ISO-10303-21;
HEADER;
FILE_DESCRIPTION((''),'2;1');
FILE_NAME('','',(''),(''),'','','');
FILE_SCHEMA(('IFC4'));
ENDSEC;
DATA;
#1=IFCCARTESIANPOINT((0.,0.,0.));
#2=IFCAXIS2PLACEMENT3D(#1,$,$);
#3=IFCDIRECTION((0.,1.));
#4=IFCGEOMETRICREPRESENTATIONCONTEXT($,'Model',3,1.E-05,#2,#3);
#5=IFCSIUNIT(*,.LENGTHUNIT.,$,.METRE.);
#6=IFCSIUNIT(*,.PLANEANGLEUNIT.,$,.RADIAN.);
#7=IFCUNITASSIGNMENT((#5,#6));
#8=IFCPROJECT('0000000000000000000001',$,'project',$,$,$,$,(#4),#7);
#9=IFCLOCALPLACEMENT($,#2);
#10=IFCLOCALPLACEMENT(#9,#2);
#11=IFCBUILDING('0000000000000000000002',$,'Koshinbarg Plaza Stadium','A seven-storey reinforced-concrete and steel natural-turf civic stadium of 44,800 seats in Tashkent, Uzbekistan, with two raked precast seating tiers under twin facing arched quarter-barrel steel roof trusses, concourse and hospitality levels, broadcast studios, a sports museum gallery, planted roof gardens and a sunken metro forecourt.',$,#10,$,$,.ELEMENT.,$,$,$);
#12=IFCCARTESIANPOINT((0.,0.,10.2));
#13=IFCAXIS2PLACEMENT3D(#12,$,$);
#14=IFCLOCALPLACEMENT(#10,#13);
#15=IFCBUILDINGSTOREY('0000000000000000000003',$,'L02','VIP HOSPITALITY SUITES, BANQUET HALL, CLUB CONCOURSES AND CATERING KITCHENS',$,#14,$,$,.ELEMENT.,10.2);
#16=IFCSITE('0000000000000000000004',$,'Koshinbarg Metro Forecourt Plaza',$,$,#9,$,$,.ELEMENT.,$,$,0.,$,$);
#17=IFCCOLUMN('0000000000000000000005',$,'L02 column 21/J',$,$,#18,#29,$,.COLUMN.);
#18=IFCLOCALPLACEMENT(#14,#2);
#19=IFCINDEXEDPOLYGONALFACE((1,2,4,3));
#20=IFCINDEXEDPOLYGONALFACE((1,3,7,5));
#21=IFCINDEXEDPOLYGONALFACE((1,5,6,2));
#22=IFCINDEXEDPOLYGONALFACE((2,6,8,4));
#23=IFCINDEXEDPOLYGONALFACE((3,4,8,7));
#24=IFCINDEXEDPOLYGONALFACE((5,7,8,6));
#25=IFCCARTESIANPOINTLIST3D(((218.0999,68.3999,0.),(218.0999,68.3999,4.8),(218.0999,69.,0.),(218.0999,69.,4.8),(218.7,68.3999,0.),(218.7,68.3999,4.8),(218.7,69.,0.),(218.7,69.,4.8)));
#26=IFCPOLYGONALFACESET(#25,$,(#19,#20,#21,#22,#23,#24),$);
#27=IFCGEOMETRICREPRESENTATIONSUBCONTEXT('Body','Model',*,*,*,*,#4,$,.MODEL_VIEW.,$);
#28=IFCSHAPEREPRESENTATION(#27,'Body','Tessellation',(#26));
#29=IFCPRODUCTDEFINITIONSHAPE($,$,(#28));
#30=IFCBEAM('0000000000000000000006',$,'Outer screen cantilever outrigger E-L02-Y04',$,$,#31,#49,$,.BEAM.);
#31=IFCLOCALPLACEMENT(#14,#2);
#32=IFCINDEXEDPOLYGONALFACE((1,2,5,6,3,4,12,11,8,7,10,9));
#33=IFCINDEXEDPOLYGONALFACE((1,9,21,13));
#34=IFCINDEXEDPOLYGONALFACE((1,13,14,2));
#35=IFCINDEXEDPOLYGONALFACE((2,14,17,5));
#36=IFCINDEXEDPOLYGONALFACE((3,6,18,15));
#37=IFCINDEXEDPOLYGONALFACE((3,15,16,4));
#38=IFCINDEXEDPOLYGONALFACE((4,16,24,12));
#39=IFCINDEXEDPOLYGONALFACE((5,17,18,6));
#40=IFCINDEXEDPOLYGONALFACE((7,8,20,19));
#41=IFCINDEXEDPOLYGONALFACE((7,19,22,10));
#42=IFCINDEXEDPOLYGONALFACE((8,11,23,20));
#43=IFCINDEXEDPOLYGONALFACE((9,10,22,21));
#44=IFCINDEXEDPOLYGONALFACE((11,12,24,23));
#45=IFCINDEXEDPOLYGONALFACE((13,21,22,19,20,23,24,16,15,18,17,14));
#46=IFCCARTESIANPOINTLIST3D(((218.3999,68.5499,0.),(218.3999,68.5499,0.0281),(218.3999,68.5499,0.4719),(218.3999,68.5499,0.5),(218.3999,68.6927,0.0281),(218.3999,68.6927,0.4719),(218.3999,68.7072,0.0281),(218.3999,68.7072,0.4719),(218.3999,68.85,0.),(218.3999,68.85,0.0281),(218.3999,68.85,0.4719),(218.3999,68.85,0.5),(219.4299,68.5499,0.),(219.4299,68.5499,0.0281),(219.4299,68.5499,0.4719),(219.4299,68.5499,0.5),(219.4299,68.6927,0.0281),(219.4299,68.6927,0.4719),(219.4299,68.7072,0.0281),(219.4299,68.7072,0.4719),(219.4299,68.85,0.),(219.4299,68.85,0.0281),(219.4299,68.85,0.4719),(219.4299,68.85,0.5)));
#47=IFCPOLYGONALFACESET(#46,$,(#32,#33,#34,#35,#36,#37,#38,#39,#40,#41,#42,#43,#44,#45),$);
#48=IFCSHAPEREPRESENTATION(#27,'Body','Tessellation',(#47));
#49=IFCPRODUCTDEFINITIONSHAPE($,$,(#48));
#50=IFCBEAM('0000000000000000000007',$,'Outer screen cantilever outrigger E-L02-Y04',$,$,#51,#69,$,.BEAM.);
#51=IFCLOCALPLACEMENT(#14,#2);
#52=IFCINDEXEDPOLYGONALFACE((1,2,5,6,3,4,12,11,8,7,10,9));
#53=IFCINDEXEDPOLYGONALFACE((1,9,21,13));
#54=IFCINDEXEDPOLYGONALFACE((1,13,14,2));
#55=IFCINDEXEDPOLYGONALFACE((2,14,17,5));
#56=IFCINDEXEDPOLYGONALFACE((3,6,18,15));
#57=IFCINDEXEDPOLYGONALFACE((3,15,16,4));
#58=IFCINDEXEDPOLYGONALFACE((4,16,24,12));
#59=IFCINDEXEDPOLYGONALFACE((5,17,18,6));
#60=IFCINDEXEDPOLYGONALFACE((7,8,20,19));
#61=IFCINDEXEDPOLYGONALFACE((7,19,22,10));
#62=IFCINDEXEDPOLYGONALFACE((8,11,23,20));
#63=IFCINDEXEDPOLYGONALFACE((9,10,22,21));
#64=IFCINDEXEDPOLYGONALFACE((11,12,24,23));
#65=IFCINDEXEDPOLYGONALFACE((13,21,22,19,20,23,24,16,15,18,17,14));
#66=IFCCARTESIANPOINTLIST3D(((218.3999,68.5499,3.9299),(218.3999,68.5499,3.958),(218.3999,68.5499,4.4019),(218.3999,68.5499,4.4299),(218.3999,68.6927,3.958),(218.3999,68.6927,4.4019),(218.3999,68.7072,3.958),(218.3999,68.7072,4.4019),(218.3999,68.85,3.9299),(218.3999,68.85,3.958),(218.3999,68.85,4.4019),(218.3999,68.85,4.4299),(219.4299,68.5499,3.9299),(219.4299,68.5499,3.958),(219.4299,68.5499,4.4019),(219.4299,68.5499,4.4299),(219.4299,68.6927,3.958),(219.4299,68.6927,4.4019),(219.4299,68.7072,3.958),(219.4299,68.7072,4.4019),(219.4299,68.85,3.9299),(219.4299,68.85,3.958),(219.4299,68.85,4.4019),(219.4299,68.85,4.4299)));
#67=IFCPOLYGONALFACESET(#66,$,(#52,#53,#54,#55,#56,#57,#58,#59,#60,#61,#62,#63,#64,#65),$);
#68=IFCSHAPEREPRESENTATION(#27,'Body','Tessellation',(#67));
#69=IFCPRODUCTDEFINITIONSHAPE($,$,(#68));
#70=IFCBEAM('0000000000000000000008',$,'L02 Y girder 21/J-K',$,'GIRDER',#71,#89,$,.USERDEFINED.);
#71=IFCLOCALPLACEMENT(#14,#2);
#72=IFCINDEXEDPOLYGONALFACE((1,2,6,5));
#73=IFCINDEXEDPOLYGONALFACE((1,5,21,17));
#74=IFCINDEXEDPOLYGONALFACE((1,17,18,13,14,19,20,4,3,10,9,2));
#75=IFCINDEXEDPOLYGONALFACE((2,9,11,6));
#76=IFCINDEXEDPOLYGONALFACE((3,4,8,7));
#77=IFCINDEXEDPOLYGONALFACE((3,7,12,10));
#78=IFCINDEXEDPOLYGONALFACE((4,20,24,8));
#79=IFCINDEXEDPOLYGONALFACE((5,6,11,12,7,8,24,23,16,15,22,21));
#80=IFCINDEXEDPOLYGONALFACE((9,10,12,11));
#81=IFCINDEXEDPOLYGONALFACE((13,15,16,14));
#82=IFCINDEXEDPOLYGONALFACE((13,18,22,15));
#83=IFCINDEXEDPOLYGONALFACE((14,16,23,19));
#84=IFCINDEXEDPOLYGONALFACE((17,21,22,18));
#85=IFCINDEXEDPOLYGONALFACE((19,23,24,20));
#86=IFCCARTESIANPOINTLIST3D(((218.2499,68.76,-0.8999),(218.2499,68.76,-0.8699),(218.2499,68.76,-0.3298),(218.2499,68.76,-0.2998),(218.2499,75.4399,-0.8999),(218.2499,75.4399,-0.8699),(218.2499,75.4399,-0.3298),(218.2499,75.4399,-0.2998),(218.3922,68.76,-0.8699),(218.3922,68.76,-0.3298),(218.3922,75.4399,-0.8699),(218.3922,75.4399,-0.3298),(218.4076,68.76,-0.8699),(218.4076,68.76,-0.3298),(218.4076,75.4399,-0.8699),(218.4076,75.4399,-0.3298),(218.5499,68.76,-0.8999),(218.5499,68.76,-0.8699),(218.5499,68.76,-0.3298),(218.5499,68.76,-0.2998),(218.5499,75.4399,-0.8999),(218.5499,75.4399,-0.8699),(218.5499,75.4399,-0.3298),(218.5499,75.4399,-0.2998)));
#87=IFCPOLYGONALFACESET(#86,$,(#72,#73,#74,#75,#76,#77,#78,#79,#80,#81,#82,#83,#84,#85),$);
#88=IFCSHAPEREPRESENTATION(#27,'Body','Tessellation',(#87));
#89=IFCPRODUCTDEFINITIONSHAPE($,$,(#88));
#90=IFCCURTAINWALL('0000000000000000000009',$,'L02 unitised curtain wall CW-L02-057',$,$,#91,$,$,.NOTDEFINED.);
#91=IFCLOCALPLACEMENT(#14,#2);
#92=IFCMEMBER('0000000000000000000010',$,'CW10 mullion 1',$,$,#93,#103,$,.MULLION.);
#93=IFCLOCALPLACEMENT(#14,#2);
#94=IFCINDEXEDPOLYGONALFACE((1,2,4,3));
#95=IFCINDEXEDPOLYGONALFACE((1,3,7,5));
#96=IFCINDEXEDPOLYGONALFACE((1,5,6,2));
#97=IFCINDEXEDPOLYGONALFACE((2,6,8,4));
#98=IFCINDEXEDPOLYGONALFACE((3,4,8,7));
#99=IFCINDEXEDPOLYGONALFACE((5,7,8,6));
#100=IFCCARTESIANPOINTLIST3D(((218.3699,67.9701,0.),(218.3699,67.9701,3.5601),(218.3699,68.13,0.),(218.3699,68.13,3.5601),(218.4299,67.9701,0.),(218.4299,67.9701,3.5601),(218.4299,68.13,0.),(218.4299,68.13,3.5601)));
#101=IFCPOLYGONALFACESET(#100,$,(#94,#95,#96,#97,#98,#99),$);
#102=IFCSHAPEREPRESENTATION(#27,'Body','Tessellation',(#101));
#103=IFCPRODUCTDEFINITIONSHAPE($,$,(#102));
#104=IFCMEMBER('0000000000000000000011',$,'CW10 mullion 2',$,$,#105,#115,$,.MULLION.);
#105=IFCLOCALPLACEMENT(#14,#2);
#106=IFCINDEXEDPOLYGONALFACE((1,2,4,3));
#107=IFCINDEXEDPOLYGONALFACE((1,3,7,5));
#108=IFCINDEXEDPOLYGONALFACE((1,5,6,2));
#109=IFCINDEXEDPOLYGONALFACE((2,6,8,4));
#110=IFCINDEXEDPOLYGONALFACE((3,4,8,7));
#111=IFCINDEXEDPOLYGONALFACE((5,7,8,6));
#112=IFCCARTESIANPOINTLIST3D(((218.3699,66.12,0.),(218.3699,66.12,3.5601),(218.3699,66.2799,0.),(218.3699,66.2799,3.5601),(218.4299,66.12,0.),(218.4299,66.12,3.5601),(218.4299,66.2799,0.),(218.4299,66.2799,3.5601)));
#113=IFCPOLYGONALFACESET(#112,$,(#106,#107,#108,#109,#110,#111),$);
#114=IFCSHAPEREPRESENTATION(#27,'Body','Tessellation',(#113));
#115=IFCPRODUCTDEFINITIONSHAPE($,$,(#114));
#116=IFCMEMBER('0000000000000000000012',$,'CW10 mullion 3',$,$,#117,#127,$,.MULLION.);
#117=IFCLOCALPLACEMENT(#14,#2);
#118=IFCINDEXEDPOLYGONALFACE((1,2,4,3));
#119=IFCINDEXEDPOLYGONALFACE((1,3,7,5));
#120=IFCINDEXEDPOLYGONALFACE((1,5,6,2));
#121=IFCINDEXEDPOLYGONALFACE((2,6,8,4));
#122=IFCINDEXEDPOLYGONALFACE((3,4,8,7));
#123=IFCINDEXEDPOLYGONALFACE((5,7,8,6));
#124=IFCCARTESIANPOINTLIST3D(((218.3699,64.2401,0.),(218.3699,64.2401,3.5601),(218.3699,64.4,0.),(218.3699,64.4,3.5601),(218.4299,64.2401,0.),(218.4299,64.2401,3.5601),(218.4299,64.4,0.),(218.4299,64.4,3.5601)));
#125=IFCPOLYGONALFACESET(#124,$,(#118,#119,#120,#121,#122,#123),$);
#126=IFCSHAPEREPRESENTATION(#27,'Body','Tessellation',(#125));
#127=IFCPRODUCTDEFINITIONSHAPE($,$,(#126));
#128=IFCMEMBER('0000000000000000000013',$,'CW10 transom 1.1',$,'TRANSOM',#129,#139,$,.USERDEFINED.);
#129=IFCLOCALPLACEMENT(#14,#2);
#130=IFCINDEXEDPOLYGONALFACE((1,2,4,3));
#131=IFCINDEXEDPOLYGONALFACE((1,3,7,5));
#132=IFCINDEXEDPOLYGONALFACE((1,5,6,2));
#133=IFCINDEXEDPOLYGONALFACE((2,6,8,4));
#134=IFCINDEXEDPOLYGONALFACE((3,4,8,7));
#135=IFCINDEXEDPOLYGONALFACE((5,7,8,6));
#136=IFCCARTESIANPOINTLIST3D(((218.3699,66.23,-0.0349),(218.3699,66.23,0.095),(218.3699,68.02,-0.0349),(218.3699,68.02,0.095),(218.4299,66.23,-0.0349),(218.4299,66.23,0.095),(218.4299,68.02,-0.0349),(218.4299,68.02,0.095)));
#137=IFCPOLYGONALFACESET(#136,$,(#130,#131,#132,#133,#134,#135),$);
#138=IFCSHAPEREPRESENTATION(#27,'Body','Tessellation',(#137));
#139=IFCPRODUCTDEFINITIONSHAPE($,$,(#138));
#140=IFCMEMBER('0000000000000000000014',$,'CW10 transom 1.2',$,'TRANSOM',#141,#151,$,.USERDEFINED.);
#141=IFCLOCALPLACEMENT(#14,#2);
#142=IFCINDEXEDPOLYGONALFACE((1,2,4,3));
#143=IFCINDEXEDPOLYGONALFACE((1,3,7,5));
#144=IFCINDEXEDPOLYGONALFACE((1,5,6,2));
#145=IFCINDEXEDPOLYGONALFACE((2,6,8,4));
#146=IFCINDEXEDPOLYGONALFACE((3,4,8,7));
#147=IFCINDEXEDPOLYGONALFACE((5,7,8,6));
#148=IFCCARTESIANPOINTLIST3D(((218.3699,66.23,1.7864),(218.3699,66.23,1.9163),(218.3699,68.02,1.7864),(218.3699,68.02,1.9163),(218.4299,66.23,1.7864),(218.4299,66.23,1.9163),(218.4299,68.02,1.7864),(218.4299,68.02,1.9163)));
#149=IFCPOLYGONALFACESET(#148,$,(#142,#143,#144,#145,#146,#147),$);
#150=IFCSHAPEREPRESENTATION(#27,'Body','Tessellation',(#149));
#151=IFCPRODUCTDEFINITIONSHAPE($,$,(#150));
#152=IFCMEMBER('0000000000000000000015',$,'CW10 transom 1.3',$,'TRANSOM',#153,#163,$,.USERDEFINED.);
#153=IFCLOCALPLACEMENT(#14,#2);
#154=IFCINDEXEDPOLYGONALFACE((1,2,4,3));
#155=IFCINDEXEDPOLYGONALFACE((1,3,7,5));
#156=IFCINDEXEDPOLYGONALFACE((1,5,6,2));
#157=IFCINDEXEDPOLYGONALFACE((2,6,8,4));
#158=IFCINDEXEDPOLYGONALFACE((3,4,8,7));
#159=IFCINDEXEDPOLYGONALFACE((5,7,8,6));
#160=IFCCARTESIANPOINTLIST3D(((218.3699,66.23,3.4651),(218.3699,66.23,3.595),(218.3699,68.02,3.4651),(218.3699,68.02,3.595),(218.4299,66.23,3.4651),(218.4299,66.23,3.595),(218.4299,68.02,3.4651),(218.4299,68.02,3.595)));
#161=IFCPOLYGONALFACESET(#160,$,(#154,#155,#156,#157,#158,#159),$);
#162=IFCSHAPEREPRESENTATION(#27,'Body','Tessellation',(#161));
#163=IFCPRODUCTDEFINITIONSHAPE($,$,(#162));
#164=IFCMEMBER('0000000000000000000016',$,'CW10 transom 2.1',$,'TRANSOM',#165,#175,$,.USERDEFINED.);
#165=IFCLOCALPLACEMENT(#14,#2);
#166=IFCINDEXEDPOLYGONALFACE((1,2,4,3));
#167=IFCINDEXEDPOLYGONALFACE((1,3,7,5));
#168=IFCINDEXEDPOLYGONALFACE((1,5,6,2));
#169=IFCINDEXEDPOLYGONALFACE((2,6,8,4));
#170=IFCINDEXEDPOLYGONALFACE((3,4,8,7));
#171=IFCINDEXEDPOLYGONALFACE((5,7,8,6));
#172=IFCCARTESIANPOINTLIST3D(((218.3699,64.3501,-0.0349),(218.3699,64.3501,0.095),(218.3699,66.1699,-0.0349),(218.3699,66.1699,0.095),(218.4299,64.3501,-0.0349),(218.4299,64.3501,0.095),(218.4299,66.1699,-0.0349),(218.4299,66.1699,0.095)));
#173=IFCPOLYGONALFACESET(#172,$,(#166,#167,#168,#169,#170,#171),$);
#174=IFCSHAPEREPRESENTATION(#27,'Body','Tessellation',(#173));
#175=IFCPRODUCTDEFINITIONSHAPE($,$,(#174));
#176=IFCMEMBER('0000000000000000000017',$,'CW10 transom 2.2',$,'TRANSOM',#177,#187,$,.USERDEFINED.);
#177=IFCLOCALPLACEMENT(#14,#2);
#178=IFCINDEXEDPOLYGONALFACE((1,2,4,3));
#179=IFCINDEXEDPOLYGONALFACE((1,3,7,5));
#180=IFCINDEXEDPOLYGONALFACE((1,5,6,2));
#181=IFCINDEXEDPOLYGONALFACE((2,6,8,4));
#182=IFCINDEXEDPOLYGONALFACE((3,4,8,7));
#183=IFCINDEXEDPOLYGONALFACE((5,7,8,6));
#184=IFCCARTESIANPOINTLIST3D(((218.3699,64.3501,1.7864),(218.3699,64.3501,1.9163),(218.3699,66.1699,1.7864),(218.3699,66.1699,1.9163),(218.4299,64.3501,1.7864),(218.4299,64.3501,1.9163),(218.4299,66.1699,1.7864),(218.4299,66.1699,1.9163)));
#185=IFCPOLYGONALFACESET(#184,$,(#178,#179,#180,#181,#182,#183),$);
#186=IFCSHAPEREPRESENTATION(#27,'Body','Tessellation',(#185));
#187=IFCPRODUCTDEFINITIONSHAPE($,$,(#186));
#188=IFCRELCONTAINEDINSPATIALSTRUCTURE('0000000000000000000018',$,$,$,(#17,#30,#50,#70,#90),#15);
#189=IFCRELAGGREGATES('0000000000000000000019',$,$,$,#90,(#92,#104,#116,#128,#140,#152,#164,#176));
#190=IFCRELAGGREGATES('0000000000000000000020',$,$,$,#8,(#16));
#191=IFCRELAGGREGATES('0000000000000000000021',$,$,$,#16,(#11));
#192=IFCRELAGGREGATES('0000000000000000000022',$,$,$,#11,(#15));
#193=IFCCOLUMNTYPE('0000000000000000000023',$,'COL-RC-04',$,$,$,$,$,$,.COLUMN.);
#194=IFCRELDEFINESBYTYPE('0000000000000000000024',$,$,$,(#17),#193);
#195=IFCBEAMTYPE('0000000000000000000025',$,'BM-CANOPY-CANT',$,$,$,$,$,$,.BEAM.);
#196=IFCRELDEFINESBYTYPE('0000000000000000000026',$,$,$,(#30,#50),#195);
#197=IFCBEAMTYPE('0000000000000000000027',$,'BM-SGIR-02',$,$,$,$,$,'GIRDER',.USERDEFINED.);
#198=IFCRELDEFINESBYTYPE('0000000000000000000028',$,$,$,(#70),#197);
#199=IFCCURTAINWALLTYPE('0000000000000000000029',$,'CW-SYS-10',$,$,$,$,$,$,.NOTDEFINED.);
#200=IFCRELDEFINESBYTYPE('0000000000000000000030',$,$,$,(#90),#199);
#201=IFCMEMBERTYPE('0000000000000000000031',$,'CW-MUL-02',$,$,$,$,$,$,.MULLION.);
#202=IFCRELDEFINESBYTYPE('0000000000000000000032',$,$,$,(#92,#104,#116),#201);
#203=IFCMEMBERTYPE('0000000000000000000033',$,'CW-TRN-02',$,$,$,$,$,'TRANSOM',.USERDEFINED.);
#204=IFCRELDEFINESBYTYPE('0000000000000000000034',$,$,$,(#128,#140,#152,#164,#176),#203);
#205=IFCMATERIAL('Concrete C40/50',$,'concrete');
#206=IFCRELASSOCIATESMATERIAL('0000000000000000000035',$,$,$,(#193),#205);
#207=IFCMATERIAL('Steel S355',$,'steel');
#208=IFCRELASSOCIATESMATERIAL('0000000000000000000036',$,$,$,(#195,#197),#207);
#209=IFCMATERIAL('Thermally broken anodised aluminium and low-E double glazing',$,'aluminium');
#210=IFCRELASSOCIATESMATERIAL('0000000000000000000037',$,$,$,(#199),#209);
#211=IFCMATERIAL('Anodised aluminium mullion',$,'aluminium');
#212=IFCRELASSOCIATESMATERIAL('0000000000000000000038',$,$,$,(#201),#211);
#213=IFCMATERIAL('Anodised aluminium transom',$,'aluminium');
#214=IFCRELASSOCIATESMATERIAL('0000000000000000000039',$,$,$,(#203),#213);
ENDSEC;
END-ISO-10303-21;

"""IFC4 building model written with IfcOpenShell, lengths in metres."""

from ifc_helpers import new_model, si_unit, direction, frame, origin, origin_2d, place, context, subcontext, project, spatial, rectangle, i_section, extrude, material, material_profile, profile_set, type_object, element, aggregate, save


model = new_model("IFC4")

# Units and contexts
model_context = context("Model", 3, precision=1e-05, world=origin(), true_north=direction((0.0, 1.0)))
body_context = subcontext(model_context, "Body", "Model", "MODEL_VIEW")
ifc_project = project(units=[si_unit("LENGTHUNIT", "METRE"), si_unit("PLANEANGLEUNIT", "RADIAN")], contexts=[model_context])

# Site, building, storey
site_placement = place(None, origin())
site = spatial("IfcSite", under=ifc_project, at=site_placement, Name="Koshinbarg Metro Forecourt Plaza", CompositionType="ELEMENT", RefElevation=0.0)
building_placement = place(site_placement, origin())
building = spatial("IfcBuilding", under=site, at=building_placement, Name="Koshinbarg Plaza Stadium", Description="A seven-storey reinforced-concrete and steel natural-turf civic stadium of 44,800 seats in Tashkent, Uzbekistan, with two raked precast seating tiers under twin facing arched quarter-barrel steel roof trusses, concourse and hospitality levels, broadcast studios, a sports museum gallery, planted roof gardens and a sunken metro forecourt.", CompositionType="ELEMENT")
storey_placement = place(building_placement, frame((0.0, 0.0, 10.2)))
storey = spatial("IfcBuildingStorey", under=building, at=storey_placement, Name="L02", Description="VIP HOSPITALITY SUITES, BANQUET HALL, CLUB CONCOURSES AND CATERING KITCHENS", CompositionType="ELEMENT", Elevation=10.2)

# Column
ifc_material_1 = material(Name="Concrete C40/50", Category="concrete")
ifc_material_profile_1 = material_profile(ifc_material_1, rectangle(XDim=0.6001, YDim=0.6001, at=origin_2d()), Name="RC 600x600")
ifc_profile_set_1 = profile_set([ifc_material_profile_1], Name="Concrete C40/50")
column_type = type_object("IfcColumnType", Name="COL-RC-04", PredefinedType="COLUMN", material=ifc_profile_set_1)
column_placement = place(storey_placement, frame((218.3999, 68.7, 0.0), z_axis=(0.0, 0.0, 1.0), x_axis=(1.0, 0.0, 0.0)))
element("IfcColumn", 1, at=column_placement, inside=storey, type_object=column_type, Name="L02 column 21/J", PredefinedType="COLUMN", context=body_context, shape_type="SweptSolid", body=[
    extrude(rectangle(XDim=0.6001, YDim=0.6001, at=origin_2d()), origin(), (0.0, 0.0, 1.0), 4.8),
])

# Beams
ifc_material_2 = material(Name="Steel S355", Category="steel")
ifc_material_profile_2 = material_profile(ifc_material_2, i_section(OverallWidth=0.3, OverallDepth=0.5, WebThickness=0.0144, FlangeThickness=0.0281, at=origin_2d()), Name="HEB 500")
ifc_profile_set_2 = profile_set([ifc_material_profile_2], Name="Steel S355")
beam_type_1 = type_object("IfcBeamType", Name="BM-CANOPY-CANT", PredefinedType="BEAM", material=ifc_profile_set_2)
for number, where, z_axis, x_axis, name in (
    (2, (218.3999, 68.7, 0.25), (1.0, 0.0, 0.0), (0.0, 1.0, 0.0), "Outer screen cantilever outrigger E-L02-Y04"),
    (3, (218.3999, 68.7, 4.1799), (1.0, 0.0, 0.0), (0.0, 1.0, 0.0), "Outer screen cantilever outrigger E-L02-Y04"),
):
    element("IfcBeam", number, at=place(storey_placement, frame(where, z_axis=z_axis, x_axis=x_axis)), inside=storey, type_object=beam_type_1, Name=name, PredefinedType="BEAM", context=body_context, shape_type="SweptSolid", body=[
        extrude(i_section(OverallWidth=0.3, OverallDepth=0.5, WebThickness=0.0144, FlangeThickness=0.0281, at=origin_2d()), origin(), (0.0, 0.0, 1.0), 1.03),
    ])
ifc_material_profile_3 = material_profile(ifc_material_2, i_section(OverallWidth=0.3, OverallDepth=0.6001, WebThickness=0.0154, FlangeThickness=0.03, at=origin_2d()), Name="HEB 600")
ifc_profile_set_3 = profile_set([ifc_material_profile_3], Name="Steel S355")
beam_type_2 = type_object("IfcBeamType", Name="BM-SGIR-02", ElementType="GIRDER", PredefinedType="USERDEFINED", material=ifc_profile_set_3)
beam_placement = place(storey_placement, frame((218.3999, 68.76, -0.5999), z_axis=(0.0, 1.0, 0.0), x_axis=(-1.0, 0.0, 0.0)))
element("IfcBeam", 4, at=beam_placement, inside=storey, type_object=beam_type_2, Name="L02 Y girder 21/J-K", ObjectType="GIRDER", PredefinedType="USERDEFINED", context=body_context, shape_type="SweptSolid", body=[
    extrude(i_section(OverallWidth=0.3, OverallDepth=0.6001, WebThickness=0.0154, FlangeThickness=0.03, at=origin_2d()), origin(), (0.0, 0.0, 1.0), 6.6799),
])

# Curtain wall, members
ifc_material_3 = material(Name="Thermally broken anodised aluminium and low-E double glazing", Category="aluminium")
curtain_wall_type = type_object("IfcCurtainWallType", Name="CW-SYS-10", PredefinedType="NOTDEFINED", material=ifc_material_3)
curtain_wall_placement = place(storey_placement, origin())
curtain_wall = element("IfcCurtainWall", 5, at=curtain_wall_placement, inside=storey, type_object=curtain_wall_type, Name="L02 unitised curtain wall CW-L02-057", PredefinedType="NOTDEFINED")
ifc_material_4 = material(Name="Anodised aluminium mullion", Category="aluminium")
ifc_material_profile_4 = material_profile(ifc_material_4, rectangle(XDim=0.0601, YDim=0.1599, at=origin_2d()), Name="ALU 60x160")
ifc_profile_set_4 = profile_set([ifc_material_profile_4], Name="Anodised aluminium mullion")
member_type_1 = type_object("IfcMemberType", Name="CW-MUL-02", PredefinedType="MULLION", material=ifc_profile_set_4)
member_1_placement = place(storey_placement, frame((218.3999, 68.05, 0.0), z_axis=(0.0, 0.0, 1.0), x_axis=(1.0, 0.0, 0.0)))
member_1 = element("IfcMember", 6, at=member_1_placement, type_object=member_type_1, Name="CW10 mullion 1", PredefinedType="MULLION", context=body_context, shape_type="SweptSolid", body=[
    extrude(rectangle(XDim=0.0601, YDim=0.1599, at=origin_2d()), origin(), (0.0, 0.0, 1.0), 3.5601),
])
member_2_placement = place(storey_placement, frame((218.3999, 66.2, 0.0), z_axis=(0.0, 0.0, 1.0), x_axis=(1.0, 0.0, 0.0)))
member_2 = element("IfcMember", 7, at=member_2_placement, type_object=member_type_1, Name="CW10 mullion 2", PredefinedType="MULLION", context=body_context, shape_type="SweptSolid", body=[
    extrude(rectangle(XDim=0.0601, YDim=0.1599, at=origin_2d()), origin(), (0.0, 0.0, 1.0), 3.5601),
])
member_3_placement = place(storey_placement, frame((218.3999, 64.3201, 0.0), z_axis=(0.0, 0.0, 1.0), x_axis=(1.0, 0.0, 0.0)))
member_3 = element("IfcMember", 8, at=member_3_placement, type_object=member_type_1, Name="CW10 mullion 3", PredefinedType="MULLION", context=body_context, shape_type="SweptSolid", body=[
    extrude(rectangle(XDim=0.0601, YDim=0.1599, at=origin_2d()), origin(), (0.0, 0.0, 1.0), 3.5601),
])
ifc_material_5 = material(Name="Anodised aluminium transom", Category="aluminium")
ifc_material_profile_5 = material_profile(ifc_material_5, rectangle(XDim=0.0601, YDim=0.1299, at=origin_2d()), Name="ALU 60x130")
ifc_profile_set_5 = profile_set([ifc_material_profile_5], Name="Anodised aluminium transom")
member_type_2 = type_object("IfcMemberType", Name="CW-TRN-02", ElementType="TRANSOM", PredefinedType="USERDEFINED", material=ifc_profile_set_5)
member_4_placement = place(storey_placement, frame((218.3999, 68.02, 0.03), z_axis=(0.0, -1.0, 0.0), x_axis=(1.0, 0.0, 0.0)))
member_4 = element("IfcMember", 9, at=member_4_placement, type_object=member_type_2, Name="CW10 transom 1.1", ObjectType="TRANSOM", PredefinedType="USERDEFINED", context=body_context, shape_type="SweptSolid", body=[
    extrude(rectangle(XDim=0.0601, YDim=0.1299, at=origin_2d()), origin(), (0.0, 0.0, 1.0), 1.79),
])
member_5_placement = place(storey_placement, frame((218.3999, 68.02, 1.8513), z_axis=(0.0, -1.0, 0.0), x_axis=(1.0, 0.0, 0.0)))
member_5 = element("IfcMember", 10, at=member_5_placement, type_object=member_type_2, Name="CW10 transom 1.2", ObjectType="TRANSOM", PredefinedType="USERDEFINED", context=body_context, shape_type="SweptSolid", body=[
    extrude(rectangle(XDim=0.0601, YDim=0.1299, at=origin_2d()), origin(), (0.0, 0.0, 1.0), 1.79),
])
member_6_placement = place(storey_placement, frame((218.3999, 68.02, 3.53), z_axis=(0.0, -1.0, 0.0), x_axis=(1.0, 0.0, 0.0)))
member_6 = element("IfcMember", 11, at=member_6_placement, type_object=member_type_2, Name="CW10 transom 1.3", ObjectType="TRANSOM", PredefinedType="USERDEFINED", context=body_context, shape_type="SweptSolid", body=[
    extrude(rectangle(XDim=0.0601, YDim=0.1299, at=origin_2d()), origin(), (0.0, 0.0, 1.0), 1.79),
])
member_7_placement = place(storey_placement, frame((218.3999, 66.1699, 0.03), z_axis=(0.0, -1.0, 0.0), x_axis=(1.0, 0.0, 0.0)))
member_7 = element("IfcMember", 12, at=member_7_placement, type_object=member_type_2, Name="CW10 transom 2.1", ObjectType="TRANSOM", PredefinedType="USERDEFINED", context=body_context, shape_type="SweptSolid", body=[
    extrude(rectangle(XDim=0.0601, YDim=0.1299, at=origin_2d()), origin(), (0.0, 0.0, 1.0), 1.8198),
])
member_8_placement = place(storey_placement, frame((218.3999, 66.1699, 1.8513), z_axis=(0.0, -1.0, 0.0), x_axis=(1.0, 0.0, 0.0)))
member_8 = element("IfcMember", 13, at=member_8_placement, type_object=member_type_2, Name="CW10 transom 2.2", ObjectType="TRANSOM", PredefinedType="USERDEFINED", context=body_context, shape_type="SweptSolid", body=[
    extrude(rectangle(XDim=0.0601, YDim=0.1299, at=origin_2d()), origin(), (0.0, 0.0, 1.0), 1.8198),
])

aggregate(curtain_wall, [member_1, member_2, member_3, member_4, member_5, member_6, member_7, member_8])

save(model, "model.ifc")
